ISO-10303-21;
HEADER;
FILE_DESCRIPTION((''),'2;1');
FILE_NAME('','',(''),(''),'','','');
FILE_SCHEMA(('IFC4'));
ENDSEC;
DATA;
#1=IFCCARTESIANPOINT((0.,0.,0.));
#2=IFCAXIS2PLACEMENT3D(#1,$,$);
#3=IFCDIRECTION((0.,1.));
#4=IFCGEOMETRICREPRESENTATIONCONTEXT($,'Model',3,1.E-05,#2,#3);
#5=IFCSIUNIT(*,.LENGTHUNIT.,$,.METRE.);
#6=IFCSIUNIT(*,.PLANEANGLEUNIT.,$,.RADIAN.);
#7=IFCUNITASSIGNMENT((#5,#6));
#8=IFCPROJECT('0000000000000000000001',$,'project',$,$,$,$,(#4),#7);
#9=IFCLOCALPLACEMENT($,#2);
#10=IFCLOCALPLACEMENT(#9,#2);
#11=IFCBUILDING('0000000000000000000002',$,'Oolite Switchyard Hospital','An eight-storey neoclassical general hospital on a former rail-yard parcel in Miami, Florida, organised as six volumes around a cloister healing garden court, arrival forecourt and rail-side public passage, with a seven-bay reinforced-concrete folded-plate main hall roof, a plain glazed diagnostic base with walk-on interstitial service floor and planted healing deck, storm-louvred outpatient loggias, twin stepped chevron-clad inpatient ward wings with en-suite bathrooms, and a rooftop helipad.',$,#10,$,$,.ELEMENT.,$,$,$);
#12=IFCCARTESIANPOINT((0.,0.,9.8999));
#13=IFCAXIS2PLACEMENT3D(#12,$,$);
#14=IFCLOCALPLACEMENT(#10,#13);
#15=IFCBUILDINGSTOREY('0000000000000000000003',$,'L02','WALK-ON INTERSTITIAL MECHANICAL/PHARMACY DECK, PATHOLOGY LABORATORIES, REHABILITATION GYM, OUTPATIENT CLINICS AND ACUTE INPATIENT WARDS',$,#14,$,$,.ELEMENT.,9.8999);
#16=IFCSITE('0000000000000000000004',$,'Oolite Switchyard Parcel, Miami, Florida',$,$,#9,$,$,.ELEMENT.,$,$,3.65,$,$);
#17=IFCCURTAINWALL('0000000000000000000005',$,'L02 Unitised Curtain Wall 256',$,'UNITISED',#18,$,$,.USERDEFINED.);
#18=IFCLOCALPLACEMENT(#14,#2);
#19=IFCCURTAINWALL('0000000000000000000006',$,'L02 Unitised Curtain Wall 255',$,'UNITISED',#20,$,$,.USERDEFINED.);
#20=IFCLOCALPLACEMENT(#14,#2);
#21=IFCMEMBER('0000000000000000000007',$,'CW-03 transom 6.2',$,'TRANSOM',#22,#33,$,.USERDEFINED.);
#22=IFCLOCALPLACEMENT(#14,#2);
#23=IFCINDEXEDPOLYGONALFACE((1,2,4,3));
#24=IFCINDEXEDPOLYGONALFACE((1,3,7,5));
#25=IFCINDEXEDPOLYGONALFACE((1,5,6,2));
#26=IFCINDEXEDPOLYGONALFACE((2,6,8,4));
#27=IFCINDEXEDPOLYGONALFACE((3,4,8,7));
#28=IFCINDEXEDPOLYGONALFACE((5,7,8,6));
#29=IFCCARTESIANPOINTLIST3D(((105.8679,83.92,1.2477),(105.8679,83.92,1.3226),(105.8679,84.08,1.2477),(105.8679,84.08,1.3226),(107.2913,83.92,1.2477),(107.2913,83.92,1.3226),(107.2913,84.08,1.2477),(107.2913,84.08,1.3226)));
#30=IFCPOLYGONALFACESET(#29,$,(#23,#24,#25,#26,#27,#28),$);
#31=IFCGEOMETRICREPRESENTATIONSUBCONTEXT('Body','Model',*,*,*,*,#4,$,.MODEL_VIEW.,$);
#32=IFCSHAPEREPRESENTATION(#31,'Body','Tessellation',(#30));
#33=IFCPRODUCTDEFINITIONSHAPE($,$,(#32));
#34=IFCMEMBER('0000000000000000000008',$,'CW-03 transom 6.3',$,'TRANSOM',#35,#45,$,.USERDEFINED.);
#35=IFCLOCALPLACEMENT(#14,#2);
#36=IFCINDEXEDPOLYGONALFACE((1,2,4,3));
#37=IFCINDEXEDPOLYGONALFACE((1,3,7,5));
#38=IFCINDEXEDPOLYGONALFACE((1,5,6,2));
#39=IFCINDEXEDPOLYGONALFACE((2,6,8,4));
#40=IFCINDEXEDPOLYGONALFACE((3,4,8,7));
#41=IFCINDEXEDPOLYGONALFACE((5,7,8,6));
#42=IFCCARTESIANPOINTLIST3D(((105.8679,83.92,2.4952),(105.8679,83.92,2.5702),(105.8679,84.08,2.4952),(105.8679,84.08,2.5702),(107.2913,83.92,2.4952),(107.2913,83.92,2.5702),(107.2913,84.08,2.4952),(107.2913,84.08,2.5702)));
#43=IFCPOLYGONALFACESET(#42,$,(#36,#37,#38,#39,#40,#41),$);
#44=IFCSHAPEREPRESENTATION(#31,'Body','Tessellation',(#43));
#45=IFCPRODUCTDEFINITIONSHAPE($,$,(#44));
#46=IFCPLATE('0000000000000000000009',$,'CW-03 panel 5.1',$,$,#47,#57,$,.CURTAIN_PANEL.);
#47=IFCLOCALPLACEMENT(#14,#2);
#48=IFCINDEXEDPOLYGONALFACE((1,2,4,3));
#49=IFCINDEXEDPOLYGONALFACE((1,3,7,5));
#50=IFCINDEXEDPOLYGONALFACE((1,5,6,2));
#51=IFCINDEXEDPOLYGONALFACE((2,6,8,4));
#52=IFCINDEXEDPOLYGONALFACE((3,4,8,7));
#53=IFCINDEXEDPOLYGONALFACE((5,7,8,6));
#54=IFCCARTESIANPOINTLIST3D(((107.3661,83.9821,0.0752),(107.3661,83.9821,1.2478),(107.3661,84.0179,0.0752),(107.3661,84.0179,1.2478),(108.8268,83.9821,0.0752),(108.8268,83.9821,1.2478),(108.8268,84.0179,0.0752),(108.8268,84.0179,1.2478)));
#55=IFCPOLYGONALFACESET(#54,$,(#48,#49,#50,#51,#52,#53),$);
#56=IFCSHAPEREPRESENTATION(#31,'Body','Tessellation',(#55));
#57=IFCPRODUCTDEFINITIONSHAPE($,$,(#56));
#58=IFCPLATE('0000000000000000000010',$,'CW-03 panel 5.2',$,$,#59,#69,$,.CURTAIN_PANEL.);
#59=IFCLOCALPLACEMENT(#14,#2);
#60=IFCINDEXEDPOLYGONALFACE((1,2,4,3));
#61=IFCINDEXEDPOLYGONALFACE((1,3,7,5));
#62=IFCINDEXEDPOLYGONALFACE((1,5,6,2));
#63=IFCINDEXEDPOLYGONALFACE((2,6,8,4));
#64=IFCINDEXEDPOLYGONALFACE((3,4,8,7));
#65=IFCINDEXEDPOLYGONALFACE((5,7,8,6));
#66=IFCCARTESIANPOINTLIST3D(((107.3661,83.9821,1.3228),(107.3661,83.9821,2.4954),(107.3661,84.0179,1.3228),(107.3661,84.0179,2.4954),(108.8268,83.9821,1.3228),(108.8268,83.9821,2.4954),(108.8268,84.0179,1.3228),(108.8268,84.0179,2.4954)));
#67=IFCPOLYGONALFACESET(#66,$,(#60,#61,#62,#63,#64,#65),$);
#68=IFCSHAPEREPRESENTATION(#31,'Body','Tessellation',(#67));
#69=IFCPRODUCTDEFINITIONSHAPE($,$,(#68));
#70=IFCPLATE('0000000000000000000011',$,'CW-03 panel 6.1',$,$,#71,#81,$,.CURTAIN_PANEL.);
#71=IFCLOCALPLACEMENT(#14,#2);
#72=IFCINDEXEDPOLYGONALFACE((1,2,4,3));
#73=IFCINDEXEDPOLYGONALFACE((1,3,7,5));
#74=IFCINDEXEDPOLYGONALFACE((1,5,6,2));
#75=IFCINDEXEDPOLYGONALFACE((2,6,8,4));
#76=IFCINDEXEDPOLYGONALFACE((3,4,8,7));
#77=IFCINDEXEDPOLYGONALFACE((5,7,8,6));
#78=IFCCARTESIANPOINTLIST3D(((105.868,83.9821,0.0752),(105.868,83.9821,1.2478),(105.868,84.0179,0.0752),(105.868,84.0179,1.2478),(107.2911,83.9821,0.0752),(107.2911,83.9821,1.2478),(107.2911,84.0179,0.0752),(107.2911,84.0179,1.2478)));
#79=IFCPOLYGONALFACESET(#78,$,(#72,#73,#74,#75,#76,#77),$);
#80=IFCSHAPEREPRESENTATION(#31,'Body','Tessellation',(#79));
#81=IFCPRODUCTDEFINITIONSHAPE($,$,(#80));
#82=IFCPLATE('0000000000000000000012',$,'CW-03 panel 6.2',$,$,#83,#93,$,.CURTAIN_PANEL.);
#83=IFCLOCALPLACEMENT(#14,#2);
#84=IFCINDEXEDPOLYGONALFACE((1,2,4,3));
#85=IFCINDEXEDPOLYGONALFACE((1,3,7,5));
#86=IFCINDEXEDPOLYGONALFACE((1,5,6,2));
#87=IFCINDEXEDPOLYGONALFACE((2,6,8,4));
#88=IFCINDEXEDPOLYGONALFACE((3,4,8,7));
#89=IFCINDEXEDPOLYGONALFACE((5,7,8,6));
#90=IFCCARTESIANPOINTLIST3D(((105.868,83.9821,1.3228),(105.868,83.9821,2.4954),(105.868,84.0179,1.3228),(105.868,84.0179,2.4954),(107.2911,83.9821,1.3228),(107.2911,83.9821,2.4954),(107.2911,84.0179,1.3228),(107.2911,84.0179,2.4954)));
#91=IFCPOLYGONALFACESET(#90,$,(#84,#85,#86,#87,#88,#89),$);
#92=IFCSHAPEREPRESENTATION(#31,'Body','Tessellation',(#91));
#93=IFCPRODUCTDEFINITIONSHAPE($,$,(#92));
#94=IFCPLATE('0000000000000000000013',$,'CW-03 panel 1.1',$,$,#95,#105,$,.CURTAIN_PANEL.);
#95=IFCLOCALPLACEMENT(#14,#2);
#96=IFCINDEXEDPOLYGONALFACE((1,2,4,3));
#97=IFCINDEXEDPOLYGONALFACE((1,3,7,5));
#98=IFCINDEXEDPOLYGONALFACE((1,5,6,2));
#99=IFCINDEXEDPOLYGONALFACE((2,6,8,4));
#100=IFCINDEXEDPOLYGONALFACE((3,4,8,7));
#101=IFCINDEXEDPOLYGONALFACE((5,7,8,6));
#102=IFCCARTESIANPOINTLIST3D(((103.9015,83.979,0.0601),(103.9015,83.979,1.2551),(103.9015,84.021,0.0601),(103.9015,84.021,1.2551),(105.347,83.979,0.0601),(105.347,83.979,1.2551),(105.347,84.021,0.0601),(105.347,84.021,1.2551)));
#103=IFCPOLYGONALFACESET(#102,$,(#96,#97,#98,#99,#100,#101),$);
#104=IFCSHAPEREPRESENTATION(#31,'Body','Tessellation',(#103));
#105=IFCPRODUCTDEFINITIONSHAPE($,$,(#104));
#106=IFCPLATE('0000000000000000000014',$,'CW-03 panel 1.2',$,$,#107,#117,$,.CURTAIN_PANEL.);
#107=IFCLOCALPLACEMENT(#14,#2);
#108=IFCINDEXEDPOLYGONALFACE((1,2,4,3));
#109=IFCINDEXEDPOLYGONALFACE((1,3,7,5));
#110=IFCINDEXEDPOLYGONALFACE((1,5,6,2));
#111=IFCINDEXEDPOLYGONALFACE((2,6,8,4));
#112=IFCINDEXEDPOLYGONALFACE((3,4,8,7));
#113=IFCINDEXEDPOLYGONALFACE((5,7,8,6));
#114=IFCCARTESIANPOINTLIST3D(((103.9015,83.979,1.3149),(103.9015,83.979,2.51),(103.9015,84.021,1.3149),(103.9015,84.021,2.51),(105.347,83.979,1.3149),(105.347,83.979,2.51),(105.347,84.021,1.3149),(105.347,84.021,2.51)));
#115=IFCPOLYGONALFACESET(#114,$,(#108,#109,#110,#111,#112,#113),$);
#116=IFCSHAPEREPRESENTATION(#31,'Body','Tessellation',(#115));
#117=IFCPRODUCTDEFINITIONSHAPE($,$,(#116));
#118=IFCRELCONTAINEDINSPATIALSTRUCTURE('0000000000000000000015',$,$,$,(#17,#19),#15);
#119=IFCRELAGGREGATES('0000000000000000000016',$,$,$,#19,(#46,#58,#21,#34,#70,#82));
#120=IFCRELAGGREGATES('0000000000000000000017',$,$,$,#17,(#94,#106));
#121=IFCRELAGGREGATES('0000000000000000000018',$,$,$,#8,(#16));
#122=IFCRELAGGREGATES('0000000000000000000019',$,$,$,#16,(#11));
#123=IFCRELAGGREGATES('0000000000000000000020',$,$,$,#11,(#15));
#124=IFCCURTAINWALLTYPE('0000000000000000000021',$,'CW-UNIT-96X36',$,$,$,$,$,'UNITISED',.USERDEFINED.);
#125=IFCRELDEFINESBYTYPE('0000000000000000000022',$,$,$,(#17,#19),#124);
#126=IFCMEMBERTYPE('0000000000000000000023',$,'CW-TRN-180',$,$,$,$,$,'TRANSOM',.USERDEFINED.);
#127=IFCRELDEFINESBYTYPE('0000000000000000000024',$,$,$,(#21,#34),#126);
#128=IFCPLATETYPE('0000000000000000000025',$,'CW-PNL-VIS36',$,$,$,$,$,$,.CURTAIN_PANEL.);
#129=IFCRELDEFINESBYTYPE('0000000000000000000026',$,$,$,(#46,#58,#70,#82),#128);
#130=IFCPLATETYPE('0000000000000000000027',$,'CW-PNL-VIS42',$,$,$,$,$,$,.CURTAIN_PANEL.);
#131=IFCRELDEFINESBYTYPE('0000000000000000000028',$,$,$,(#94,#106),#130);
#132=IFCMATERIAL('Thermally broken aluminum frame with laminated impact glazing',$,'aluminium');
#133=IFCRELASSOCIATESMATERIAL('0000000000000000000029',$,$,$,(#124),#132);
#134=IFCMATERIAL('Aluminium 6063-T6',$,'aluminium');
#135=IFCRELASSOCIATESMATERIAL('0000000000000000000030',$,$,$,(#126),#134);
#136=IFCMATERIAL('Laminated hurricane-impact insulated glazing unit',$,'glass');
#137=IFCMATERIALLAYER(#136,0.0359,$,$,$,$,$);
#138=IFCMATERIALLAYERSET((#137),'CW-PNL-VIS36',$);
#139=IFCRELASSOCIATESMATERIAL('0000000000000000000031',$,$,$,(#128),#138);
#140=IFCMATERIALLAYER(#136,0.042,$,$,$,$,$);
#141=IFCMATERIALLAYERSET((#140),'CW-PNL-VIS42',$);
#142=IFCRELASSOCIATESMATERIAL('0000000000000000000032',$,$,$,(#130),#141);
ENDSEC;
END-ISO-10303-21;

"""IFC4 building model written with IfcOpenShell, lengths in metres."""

from ifc_helpers import new_model, si_unit, direction, frame, origin, origin_2d, place, context, subcontext, project, spatial, rectangle, extrude, material, layer, layer_set, material_profile, profile_set, type_object, element, aggregate, save


model = new_model("IFC4")

# Units and contexts
model_context = context("Model", 3, precision=1e-05, world=origin(), true_north=direction((0.0, 1.0)))
body_context = subcontext(model_context, "Body", "Model", "MODEL_VIEW")
ifc_project = project(units=[si_unit("LENGTHUNIT", "METRE"), si_unit("PLANEANGLEUNIT", "RADIAN")], contexts=[model_context])

# Site, building, storey
site_placement = place(None, origin())
site = spatial("IfcSite", under=ifc_project, at=site_placement, Name="Oolite Switchyard Parcel, Miami, Florida", CompositionType="ELEMENT", RefElevation=3.65)
building_placement = place(site_placement, origin())
building = spatial("IfcBuilding", under=site, at=building_placement, Name="Oolite Switchyard Hospital", Description="An eight-storey neoclassical general hospital on a former rail-yard parcel in Miami, Florida, organised as six volumes around a cloister healing garden court, arrival forecourt and rail-side public passage, with a seven-bay reinforced-concrete folded-plate main hall roof, a plain glazed diagnostic base with walk-on interstitial service floor and planted healing deck, storm-louvred outpatient loggias, twin stepped chevron-clad inpatient ward wings with en-suite bathrooms, and a rooftop helipad.", CompositionType="ELEMENT")
storey_placement = place(building_placement, frame((0.0, 0.0, 9.8999)))
storey = spatial("IfcBuildingStorey", under=building, at=storey_placement, Name="L02", Description="WALK-ON INTERSTITIAL MECHANICAL/PHARMACY DECK, PATHOLOGY LABORATORIES, REHABILITATION GYM, OUTPATIENT CLINICS AND ACUTE INPATIENT WARDS", CompositionType="ELEMENT", Elevation=9.8999)

# Curtain walls
ifc_material_1 = material(Name="Thermally broken aluminum frame with laminated impact glazing", Category="aluminium")
curtain_wall_type = type_object("IfcCurtainWallType", Name="CW-UNIT-96X36", ElementType="UNITISED", PredefinedType="USERDEFINED", material=ifc_material_1)
curtain_wall_1_placement = place(storey_placement, origin())
curtain_wall_1 = element("IfcCurtainWall", 1, at=curtain_wall_1_placement, inside=storey, type_object=curtain_wall_type, Name="L02 Unitised Curtain Wall 256", ObjectType="UNITISED", PredefinedType="USERDEFINED")
ifc_material_2 = material(Name="Aluminium 6063-T6", Category="aluminium")
curtain_wall_2_placement = place(storey_placement, origin())
curtain_wall_2 = element("IfcCurtainWall", 2, at=curtain_wall_2_placement, inside=storey, type_object=curtain_wall_type, Name="L02 Unitised Curtain Wall 255", ObjectType="UNITISED", PredefinedType="USERDEFINED")

# Members
ifc_material_profile_1 = material_profile(ifc_material_2, rectangle(XDim=0.1599, YDim=0.075, at=origin_2d()), Name="CWT75X160")
ifc_profile_set_1 = profile_set([ifc_material_profile_1], Name="Aluminium 6063-T6")
member_type_1 = type_object("IfcMemberType", Name="CW-TRN-180", ElementType="TRANSOM", PredefinedType="USERDEFINED", material=ifc_profile_set_1)
member_1_placement = place(storey_placement, frame((107.2913, 84.0, 1.2852), z_axis=(-1.0, 0.0, 0.0), x_axis=(0.0, -1.0, 0.0)))
member_1 = element("IfcMember", 3, at=member_1_placement, type_object=member_type_1, Name="CW-03 transom 6.2", ObjectType="TRANSOM", PredefinedType="USERDEFINED", context=body_context, shape_type="SweptSolid", body=[
    extrude(rectangle(XDim=0.1599, YDim=0.075, at=origin_2d()), origin(), (0.0, 0.0, 1.0), 1.4233),
])
member_2_placement = place(storey_placement, frame((107.2913, 84.0, 2.5327), z_axis=(-1.0, 0.0, 0.0), x_axis=(0.0, -1.0, 0.0)))
member_2 = element("IfcMember", 4, at=member_2_placement, type_object=member_type_1, Name="CW-03 transom 6.3", ObjectType="TRANSOM", PredefinedType="USERDEFINED", context=body_context, shape_type="SweptSolid", body=[
    extrude(rectangle(XDim=0.1599, YDim=0.075, at=origin_2d()), origin(), (0.0, 0.0, 1.0), 1.4233),
])

# Plates
ifc_material_3 = material(Name="Laminated hurricane-impact insulated glazing unit", Category="glass")
ifc_layer_1 = layer(ifc_material_3, 0.0359)
ifc_layer_set_1 = layer_set([ifc_layer_1], Name="CW-PNL-VIS36")
plate_type_1 = type_object("IfcPlateType", Name="CW-PNL-VIS36", PredefinedType="CURTAIN_PANEL", material=ifc_layer_set_1)
plate_1_placement = place(storey_placement, frame((108.0964, 84.0, 0.0752), z_axis=(0.0, 0.0, 1.0), x_axis=(-1.0, 0.0, 0.0)))
plate_1 = element("IfcPlate", 5, at=plate_1_placement, type_object=plate_type_1, Name="CW-03 panel 5.1", PredefinedType="CURTAIN_PANEL", context=body_context, shape_type="SweptSolid", body=[
    extrude(rectangle(XDim=1.4607, YDim=0.0359, at=origin_2d()), origin(), (0.0, 0.0, 1.0), 1.1726),
])
plate_2_placement = place(storey_placement, frame((108.0964, 84.0, 1.3228), z_axis=(0.0, 0.0, 1.0), x_axis=(-1.0, 0.0, 0.0)))
plate_2 = element("IfcPlate", 6, at=plate_2_placement, type_object=plate_type_1, Name="CW-03 panel 5.2", PredefinedType="CURTAIN_PANEL", context=body_context, shape_type="SweptSolid", body=[
    extrude(rectangle(XDim=1.4607, YDim=0.0359, at=origin_2d()), origin(), (0.0, 0.0, 1.0), 1.1726),
])
plate_3_placement = place(storey_placement, frame((106.5796, 84.0, 0.0752), z_axis=(0.0, 0.0, 1.0), x_axis=(-1.0, 0.0, 0.0)))
plate_3 = element("IfcPlate", 7, at=plate_3_placement, type_object=plate_type_1, Name="CW-03 panel 6.1", PredefinedType="CURTAIN_PANEL", context=body_context, shape_type="SweptSolid", body=[
    extrude(rectangle(XDim=1.4231, YDim=0.0359, at=origin_2d()), origin(), (0.0, 0.0, 1.0), 1.1726),
])
plate_4_placement = place(storey_placement, frame((106.5796, 84.0, 1.3228), z_axis=(0.0, 0.0, 1.0), x_axis=(-1.0, 0.0, 0.0)))
plate_4 = element("IfcPlate", 8, at=plate_4_placement, type_object=plate_type_1, Name="CW-03 panel 6.2", PredefinedType="CURTAIN_PANEL", context=body_context, shape_type="SweptSolid", body=[
    extrude(rectangle(XDim=1.4231, YDim=0.0359, at=origin_2d()), origin(), (0.0, 0.0, 1.0), 1.1726),
])
aggregate(curtain_wall_2, [plate_1, plate_2, member_1, member_2, plate_3, plate_4])
ifc_layer_2 = layer(ifc_material_3, 0.042)
ifc_layer_set_2 = layer_set([ifc_layer_2], Name="CW-PNL-VIS42")
plate_type_2 = type_object("IfcPlateType", Name="CW-PNL-VIS42", PredefinedType="CURTAIN_PANEL", material=ifc_layer_set_2)
plate_5_placement = place(storey_placement, frame((104.6243, 84.0, 0.0601), z_axis=(0.0, 0.0, 1.0), x_axis=(-1.0, 0.0, 0.0)))
plate_5 = element("IfcPlate", 9, at=plate_5_placement, type_object=plate_type_2, Name="CW-03 panel 1.1", PredefinedType="CURTAIN_PANEL", context=body_context, shape_type="SweptSolid", body=[
    extrude(rectangle(XDim=1.4456, YDim=0.042, at=origin_2d()), origin(), (0.0, 0.0, 1.0), 1.1951),
])
plate_6_placement = place(storey_placement, frame((104.6243, 84.0, 1.3149), z_axis=(0.0, 0.0, 1.0), x_axis=(-1.0, 0.0, 0.0)))
plate_6 = element("IfcPlate", 10, at=plate_6_placement, type_object=plate_type_2, Name="CW-03 panel 1.2", PredefinedType="CURTAIN_PANEL", context=body_context, shape_type="SweptSolid", body=[
    extrude(rectangle(XDim=1.4456, YDim=0.042, at=origin_2d()), origin(), (0.0, 0.0, 1.0), 1.1951),
])
aggregate(curtain_wall_1, [plate_5, plate_6])

save(model, "model.ifc")
